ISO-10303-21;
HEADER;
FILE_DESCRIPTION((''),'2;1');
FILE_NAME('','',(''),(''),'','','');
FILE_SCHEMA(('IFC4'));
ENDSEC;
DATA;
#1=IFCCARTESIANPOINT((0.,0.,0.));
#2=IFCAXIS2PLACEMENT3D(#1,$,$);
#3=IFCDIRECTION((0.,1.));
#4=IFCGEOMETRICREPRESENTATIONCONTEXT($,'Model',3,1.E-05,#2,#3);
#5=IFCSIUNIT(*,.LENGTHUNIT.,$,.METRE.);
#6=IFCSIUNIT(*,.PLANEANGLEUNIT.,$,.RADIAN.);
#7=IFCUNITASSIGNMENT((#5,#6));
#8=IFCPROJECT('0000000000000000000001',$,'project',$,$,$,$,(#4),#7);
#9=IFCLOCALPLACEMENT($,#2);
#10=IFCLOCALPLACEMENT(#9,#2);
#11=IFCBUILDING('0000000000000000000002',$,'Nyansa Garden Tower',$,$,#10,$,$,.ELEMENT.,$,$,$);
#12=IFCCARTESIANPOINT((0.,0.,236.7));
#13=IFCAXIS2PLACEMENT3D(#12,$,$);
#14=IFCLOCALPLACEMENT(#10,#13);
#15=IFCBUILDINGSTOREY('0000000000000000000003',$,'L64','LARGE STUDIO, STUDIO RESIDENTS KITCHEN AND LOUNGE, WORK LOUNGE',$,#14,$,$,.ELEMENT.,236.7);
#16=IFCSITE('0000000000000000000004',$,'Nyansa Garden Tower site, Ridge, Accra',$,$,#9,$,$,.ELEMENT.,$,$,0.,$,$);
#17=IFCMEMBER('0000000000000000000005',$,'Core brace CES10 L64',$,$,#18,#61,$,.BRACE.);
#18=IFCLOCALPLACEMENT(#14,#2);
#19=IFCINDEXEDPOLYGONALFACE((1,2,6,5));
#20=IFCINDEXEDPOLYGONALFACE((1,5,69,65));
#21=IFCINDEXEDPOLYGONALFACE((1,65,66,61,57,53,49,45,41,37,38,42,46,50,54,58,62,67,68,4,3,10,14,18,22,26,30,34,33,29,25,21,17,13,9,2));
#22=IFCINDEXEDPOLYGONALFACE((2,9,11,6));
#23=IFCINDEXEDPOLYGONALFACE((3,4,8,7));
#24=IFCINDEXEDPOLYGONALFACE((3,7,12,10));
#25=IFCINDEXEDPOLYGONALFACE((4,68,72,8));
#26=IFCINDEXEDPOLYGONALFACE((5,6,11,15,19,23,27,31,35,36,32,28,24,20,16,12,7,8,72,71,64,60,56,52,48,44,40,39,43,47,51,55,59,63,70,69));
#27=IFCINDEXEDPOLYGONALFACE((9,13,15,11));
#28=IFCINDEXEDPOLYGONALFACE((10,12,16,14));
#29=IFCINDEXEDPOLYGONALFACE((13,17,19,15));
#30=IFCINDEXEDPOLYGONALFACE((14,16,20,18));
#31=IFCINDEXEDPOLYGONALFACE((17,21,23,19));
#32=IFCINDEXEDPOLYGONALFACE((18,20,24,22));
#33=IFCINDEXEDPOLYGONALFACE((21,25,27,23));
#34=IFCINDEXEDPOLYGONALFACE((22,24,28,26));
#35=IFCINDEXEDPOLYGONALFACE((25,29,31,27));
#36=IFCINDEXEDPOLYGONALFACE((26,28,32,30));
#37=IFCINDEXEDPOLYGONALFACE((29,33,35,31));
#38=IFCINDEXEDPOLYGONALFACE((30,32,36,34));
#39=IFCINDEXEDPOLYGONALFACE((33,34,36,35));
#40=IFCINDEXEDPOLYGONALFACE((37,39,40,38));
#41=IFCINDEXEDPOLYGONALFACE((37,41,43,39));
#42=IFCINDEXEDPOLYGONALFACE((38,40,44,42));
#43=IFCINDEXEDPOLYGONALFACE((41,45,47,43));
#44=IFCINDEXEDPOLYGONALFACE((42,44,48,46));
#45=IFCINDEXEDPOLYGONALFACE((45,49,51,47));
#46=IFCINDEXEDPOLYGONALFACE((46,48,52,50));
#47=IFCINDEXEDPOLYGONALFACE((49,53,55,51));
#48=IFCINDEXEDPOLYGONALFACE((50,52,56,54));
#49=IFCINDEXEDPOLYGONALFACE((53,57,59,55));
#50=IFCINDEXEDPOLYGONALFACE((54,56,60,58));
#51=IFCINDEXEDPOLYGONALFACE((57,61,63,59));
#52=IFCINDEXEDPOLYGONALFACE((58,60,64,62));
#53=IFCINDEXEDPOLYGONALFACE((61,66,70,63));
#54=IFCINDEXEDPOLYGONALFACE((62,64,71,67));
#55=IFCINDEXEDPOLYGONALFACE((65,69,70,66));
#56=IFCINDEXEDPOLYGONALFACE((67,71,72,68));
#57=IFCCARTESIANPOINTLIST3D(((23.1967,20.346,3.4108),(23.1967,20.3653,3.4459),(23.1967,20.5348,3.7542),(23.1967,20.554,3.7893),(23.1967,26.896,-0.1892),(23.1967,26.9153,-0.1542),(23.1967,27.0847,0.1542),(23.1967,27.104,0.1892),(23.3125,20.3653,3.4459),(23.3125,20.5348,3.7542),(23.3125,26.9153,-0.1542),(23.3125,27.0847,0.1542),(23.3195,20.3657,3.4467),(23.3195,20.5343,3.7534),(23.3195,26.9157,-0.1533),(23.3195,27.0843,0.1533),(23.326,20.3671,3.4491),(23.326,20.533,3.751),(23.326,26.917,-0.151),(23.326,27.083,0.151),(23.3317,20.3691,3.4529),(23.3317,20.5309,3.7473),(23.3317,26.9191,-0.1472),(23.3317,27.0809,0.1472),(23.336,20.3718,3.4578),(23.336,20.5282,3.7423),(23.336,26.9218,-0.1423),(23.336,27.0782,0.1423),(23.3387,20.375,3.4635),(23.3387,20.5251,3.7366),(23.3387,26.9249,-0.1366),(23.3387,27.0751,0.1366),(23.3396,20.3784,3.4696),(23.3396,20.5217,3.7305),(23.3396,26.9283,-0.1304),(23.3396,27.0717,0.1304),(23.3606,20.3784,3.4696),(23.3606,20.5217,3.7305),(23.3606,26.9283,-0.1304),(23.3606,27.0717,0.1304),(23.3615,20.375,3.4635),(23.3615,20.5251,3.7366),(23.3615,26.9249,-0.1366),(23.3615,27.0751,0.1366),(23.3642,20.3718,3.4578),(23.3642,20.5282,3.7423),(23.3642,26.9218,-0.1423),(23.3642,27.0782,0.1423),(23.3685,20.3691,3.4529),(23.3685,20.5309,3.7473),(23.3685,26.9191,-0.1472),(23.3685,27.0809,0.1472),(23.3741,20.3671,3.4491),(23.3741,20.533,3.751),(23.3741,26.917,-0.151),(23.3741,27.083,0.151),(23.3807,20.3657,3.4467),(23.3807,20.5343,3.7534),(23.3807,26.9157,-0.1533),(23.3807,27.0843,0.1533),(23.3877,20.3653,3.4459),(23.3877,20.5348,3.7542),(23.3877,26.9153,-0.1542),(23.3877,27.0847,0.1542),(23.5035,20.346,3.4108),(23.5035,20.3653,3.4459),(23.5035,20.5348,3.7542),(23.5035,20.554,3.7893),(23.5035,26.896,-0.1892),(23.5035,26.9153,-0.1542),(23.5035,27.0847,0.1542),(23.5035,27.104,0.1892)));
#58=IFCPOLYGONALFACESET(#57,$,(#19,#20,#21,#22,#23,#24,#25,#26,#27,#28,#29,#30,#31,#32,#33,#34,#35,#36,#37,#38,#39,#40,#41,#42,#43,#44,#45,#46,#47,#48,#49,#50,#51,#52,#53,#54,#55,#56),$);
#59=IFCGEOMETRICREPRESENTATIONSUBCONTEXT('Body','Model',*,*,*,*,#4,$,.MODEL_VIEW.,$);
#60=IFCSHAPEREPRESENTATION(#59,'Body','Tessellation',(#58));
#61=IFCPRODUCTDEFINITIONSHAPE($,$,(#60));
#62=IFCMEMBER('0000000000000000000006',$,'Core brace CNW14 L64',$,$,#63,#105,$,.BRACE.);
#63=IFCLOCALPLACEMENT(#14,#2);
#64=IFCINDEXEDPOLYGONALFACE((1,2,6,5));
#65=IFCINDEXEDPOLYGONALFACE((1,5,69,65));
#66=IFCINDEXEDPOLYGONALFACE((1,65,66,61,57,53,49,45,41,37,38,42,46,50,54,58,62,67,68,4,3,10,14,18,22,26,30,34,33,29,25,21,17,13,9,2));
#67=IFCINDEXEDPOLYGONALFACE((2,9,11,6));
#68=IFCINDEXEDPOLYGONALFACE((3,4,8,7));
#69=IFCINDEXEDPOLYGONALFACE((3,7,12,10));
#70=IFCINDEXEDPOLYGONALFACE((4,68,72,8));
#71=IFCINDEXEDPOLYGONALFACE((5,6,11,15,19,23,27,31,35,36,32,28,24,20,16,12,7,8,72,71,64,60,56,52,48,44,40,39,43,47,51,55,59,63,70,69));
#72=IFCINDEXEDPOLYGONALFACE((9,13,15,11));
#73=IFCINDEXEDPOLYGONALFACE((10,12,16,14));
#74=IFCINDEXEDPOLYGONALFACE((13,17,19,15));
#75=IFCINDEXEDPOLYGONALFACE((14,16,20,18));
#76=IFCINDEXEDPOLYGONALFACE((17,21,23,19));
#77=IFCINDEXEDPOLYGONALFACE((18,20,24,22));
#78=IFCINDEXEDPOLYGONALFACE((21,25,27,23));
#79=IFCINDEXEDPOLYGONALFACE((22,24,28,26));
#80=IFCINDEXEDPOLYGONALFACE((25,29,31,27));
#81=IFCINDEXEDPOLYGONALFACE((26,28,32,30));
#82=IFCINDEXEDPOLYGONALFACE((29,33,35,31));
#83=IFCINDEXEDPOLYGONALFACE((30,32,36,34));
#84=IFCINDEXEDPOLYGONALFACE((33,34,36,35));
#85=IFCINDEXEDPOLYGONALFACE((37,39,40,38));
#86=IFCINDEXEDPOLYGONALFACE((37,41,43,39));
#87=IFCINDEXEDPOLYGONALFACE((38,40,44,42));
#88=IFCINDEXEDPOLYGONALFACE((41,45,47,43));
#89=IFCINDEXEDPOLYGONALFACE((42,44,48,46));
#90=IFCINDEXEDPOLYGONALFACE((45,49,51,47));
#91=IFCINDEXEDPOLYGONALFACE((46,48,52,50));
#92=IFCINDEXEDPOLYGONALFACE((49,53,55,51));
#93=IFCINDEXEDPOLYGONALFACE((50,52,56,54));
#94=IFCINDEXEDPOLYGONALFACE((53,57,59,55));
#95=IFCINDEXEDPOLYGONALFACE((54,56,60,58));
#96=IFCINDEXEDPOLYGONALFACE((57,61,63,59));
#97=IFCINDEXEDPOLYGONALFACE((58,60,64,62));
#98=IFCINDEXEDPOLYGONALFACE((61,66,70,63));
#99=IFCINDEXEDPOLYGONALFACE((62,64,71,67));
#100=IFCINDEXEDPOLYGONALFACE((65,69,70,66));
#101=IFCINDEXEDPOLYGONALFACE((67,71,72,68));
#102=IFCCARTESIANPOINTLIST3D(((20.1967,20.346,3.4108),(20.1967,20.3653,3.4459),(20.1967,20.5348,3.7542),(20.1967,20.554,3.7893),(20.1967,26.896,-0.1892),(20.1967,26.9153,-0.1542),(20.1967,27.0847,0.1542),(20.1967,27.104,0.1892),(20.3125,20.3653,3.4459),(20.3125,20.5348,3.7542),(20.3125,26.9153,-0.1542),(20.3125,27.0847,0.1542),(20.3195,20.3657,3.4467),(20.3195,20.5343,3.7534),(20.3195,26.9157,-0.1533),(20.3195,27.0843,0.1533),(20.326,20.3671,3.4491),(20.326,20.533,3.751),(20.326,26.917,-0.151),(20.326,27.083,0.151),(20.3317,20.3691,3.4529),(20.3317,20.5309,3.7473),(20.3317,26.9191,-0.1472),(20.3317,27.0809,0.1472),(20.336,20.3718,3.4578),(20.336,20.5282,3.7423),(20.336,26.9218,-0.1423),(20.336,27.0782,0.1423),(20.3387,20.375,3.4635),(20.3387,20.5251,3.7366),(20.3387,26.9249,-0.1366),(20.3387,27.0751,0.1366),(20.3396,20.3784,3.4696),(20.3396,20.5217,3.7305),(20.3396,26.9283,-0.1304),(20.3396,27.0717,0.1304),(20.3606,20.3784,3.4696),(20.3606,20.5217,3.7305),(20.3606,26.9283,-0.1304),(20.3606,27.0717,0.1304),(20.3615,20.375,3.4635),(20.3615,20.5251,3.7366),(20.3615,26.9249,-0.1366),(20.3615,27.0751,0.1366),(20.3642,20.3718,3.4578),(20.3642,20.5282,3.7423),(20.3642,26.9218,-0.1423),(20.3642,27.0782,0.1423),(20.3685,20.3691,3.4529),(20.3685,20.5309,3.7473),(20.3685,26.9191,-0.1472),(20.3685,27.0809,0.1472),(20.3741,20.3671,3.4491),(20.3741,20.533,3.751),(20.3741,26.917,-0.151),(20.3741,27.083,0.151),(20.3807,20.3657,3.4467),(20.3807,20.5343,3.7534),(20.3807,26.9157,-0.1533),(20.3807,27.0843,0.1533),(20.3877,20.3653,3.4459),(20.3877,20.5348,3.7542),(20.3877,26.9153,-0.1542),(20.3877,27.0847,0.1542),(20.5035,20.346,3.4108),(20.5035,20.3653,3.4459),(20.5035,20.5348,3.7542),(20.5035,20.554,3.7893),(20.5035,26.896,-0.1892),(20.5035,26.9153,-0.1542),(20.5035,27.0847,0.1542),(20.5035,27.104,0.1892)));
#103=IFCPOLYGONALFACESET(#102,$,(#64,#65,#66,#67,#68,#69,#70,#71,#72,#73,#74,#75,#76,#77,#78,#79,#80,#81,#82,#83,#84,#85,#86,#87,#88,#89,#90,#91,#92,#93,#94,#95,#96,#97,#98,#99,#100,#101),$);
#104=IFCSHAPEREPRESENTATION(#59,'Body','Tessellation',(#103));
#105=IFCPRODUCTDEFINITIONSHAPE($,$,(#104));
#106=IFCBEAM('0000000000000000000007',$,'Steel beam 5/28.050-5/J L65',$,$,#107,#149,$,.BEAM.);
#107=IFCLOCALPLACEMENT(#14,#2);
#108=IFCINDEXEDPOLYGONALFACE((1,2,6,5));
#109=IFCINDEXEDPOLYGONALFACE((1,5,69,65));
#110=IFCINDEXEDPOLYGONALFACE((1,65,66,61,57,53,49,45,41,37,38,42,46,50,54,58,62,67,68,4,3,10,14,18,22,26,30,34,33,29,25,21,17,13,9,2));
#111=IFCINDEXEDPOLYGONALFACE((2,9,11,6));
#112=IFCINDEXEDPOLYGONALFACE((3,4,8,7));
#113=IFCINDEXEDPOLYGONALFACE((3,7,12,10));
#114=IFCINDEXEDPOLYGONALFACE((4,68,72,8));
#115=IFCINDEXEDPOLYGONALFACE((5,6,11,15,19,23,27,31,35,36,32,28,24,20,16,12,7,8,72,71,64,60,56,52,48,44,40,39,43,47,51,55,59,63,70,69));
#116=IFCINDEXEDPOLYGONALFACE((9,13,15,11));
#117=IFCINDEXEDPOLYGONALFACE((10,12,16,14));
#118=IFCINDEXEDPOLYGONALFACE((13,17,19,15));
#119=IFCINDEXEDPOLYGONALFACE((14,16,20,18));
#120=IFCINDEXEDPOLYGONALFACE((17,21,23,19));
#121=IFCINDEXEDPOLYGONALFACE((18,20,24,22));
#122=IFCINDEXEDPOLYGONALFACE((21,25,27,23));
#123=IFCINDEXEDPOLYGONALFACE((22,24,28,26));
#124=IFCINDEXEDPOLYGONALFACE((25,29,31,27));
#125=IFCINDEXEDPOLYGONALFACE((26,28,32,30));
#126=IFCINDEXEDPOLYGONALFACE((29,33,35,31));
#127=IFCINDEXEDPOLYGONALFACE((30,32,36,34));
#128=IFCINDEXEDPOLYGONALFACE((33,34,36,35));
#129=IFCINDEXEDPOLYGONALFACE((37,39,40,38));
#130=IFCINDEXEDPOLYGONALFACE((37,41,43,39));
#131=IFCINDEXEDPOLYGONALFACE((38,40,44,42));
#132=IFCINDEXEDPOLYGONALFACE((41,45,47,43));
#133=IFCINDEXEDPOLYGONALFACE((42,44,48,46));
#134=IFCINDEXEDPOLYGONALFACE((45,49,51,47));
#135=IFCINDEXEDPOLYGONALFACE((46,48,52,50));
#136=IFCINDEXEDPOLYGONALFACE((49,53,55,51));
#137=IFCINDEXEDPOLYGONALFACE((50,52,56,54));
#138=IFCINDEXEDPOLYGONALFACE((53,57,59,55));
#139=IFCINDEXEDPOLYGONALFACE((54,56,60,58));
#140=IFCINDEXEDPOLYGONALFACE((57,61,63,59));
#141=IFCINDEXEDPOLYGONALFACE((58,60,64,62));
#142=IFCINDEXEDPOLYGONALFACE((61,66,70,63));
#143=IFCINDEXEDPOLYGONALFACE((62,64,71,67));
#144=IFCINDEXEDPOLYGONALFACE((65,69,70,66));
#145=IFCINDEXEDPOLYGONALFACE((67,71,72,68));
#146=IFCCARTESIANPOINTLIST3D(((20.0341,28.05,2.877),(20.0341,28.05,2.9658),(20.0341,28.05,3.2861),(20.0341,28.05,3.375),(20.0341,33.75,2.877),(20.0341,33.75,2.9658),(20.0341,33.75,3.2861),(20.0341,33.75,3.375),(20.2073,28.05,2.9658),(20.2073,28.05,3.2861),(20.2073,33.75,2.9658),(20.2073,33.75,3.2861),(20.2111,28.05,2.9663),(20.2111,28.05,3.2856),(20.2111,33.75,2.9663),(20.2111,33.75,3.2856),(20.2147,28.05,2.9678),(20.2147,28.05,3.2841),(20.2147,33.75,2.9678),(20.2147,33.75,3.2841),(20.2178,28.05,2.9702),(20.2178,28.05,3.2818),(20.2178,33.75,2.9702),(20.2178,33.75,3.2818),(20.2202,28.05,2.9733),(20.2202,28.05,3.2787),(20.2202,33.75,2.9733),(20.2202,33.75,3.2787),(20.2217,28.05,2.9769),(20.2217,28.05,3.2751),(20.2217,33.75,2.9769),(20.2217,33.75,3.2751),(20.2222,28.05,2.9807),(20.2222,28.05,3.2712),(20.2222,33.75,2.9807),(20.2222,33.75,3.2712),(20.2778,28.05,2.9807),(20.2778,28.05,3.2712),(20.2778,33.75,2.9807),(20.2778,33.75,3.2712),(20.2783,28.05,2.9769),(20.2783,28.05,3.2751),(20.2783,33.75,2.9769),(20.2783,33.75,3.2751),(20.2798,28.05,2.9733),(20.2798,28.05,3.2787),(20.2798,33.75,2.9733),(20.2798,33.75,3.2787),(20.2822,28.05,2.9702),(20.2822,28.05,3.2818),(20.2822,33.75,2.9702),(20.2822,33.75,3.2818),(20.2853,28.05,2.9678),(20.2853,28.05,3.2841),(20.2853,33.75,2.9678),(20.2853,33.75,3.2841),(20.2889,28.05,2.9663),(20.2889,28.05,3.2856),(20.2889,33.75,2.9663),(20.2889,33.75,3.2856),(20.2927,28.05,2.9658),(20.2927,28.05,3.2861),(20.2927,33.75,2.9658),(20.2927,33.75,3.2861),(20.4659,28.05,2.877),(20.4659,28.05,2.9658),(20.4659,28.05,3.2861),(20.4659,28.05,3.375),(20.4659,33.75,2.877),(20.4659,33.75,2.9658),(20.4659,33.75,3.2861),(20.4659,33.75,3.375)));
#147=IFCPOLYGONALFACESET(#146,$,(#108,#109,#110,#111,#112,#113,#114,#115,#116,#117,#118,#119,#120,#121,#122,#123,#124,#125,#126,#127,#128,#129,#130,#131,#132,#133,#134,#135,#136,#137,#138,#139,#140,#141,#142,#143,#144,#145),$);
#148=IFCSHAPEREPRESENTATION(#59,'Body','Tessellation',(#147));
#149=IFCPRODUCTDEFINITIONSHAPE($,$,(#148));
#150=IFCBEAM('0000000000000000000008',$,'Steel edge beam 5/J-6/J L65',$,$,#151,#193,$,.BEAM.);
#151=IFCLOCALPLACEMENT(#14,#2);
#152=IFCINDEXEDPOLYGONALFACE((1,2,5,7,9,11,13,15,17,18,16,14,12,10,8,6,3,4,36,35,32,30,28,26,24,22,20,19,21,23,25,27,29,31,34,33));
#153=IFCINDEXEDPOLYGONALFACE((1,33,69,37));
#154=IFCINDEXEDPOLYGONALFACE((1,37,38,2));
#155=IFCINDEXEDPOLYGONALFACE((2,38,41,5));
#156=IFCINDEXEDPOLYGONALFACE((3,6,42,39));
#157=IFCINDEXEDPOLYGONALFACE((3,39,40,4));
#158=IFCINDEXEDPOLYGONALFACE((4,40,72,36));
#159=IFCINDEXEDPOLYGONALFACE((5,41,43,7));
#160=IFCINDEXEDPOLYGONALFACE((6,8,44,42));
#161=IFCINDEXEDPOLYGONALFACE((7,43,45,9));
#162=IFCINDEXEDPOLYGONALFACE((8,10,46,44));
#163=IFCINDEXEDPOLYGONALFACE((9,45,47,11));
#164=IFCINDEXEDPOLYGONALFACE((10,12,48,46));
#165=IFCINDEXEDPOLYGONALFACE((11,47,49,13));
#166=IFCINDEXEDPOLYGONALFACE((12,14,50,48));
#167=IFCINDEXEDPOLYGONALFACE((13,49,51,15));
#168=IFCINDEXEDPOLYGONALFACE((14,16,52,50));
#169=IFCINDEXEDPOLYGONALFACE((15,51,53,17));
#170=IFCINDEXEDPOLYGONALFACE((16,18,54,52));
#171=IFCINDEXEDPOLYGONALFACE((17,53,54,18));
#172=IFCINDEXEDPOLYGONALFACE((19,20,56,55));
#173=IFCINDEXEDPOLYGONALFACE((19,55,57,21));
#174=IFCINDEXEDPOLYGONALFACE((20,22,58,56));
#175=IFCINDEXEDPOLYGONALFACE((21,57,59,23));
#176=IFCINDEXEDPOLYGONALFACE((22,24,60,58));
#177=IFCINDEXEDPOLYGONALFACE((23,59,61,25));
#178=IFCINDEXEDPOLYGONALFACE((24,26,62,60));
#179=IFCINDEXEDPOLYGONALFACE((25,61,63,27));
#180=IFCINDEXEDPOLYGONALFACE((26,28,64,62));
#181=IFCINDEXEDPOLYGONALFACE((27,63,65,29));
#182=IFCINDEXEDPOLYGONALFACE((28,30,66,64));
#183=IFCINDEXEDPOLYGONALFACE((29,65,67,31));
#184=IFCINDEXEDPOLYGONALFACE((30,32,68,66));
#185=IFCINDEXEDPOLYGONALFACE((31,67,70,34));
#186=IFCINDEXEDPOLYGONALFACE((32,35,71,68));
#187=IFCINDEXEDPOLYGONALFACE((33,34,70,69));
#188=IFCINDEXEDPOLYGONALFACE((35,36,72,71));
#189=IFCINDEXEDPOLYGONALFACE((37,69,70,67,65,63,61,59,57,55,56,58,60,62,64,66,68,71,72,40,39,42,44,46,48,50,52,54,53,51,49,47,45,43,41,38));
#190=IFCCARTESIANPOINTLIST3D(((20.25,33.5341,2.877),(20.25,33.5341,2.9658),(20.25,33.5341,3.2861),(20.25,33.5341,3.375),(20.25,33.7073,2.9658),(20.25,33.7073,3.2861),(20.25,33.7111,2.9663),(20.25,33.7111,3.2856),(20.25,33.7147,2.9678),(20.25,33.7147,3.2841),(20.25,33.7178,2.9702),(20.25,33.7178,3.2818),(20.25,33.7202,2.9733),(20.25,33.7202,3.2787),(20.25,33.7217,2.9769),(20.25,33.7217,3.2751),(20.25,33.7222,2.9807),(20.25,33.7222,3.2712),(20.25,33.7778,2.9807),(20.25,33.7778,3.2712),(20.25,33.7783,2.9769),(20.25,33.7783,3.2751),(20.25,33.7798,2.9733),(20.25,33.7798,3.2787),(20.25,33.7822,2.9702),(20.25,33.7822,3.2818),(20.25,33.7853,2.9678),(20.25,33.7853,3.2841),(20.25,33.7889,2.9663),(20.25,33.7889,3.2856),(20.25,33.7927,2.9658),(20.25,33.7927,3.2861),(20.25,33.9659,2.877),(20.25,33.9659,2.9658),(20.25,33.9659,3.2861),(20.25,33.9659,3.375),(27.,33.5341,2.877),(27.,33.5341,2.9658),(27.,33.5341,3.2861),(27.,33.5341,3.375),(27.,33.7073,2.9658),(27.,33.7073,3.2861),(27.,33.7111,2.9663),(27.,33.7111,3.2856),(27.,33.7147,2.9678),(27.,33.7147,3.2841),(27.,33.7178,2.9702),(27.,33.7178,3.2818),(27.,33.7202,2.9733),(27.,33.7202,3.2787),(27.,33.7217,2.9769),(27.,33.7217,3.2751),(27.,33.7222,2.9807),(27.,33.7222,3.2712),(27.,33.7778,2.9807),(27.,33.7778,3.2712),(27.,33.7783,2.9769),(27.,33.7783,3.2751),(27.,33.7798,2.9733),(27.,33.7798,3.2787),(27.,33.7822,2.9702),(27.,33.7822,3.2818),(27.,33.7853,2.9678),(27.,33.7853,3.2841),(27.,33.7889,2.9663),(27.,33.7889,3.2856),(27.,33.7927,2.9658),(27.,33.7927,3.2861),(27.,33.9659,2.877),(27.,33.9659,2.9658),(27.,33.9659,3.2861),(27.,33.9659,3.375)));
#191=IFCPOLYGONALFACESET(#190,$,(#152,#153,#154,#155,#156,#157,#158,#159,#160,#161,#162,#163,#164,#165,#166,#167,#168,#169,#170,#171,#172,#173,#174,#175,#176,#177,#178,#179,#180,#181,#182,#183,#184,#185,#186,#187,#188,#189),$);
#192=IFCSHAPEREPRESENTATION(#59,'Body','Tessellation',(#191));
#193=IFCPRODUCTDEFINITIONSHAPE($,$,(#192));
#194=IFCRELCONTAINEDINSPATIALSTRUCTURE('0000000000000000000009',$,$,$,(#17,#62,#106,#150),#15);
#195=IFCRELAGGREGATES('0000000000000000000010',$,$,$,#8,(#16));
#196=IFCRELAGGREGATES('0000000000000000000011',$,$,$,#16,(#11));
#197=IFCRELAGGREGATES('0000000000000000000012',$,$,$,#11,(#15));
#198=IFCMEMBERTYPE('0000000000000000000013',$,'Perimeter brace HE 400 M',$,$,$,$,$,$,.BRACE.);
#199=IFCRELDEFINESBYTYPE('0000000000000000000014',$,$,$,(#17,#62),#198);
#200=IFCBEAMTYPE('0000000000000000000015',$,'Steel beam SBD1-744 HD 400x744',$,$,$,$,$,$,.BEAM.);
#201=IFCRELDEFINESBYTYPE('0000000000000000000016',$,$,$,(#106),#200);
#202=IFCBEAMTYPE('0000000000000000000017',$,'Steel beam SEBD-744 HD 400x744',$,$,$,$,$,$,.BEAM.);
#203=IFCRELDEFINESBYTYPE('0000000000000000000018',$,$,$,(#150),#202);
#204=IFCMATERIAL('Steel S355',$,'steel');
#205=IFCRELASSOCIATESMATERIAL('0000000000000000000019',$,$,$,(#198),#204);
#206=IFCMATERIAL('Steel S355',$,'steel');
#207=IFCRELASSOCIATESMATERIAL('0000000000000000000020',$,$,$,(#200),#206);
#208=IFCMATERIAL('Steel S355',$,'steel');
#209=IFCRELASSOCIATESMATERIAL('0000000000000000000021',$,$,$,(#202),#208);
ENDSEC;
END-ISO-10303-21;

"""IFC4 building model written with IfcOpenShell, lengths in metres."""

from ifc_helpers import new_model, si_unit, direction, frame, origin, origin_2d, place, context, subcontext, project, spatial, i_section, extrude, material, material_profile, profile_set, type_object, element, save


model = new_model("IFC4")

# Units and contexts
model_context = context("Model", 3, precision=1e-05, world=origin(), true_north=direction((0.0, 1.0)))
body_context = subcontext(model_context, "Body", "Model", "MODEL_VIEW")
ifc_project = project(units=[si_unit("LENGTHUNIT", "METRE"), si_unit("PLANEANGLEUNIT", "RADIAN")], contexts=[model_context])

# Site, building, storey
site_placement = place(None, origin())
site = spatial("IfcSite", under=ifc_project, at=site_placement, Name="Nyansa Garden Tower site, Ridge, Accra", CompositionType="ELEMENT", RefElevation=0.0)
building_placement = place(site_placement, origin())
building = spatial("IfcBuilding", under=site, at=building_placement, Name="Nyansa Garden Tower", CompositionType="ELEMENT")
storey_placement = place(building_placement, frame((0.0, 0.0, 236.7)))
storey = spatial("IfcBuildingStorey", under=building, at=storey_placement, Name="L64", Description="LARGE STUDIO, STUDIO RESIDENTS KITCHEN AND LOUNGE, WORK LOUNGE", CompositionType="ELEMENT", Elevation=236.7)

# Members
ifc_material_1 = material(Name="Steel S355", Category="steel")
ifc_material_profile_1 = material_profile(ifc_material_1, i_section(OverallWidth=0.3069, OverallDepth=0.4319, WebThickness=0.021, FlangeThickness=0.04, FilletRadius=0.0271, at=origin_2d()), Name="HE 400 M")
ifc_profile_set_1 = profile_set([ifc_material_profile_1], Name="Steel S355")
member_type_1 = type_object("IfcMemberType", Name="Perimeter brace HE 400 M", PredefinedType="BRACE", material=ifc_profile_set_1)
for number, where, z_axis, x_axis, name in (
    (1, (23.3501, 27.0, 0.0), (0.0, -0.876353, 0.481669), (1.0, 0.0, 0.0), "Core brace CES10 L64"),
    (2, (20.3501, 27.0, 0.0), (0.0, -0.876353, 0.481669), (1.0, 0.0, 0.0), "Core brace CNW14 L64"),
):
    element("IfcMember", number, at=place(storey_placement, frame(where, z_axis=z_axis, x_axis=x_axis)), inside=storey, type_object=member_type_1, Name=name, PredefinedType="BRACE", context=body_context, shape_type="SweptSolid", body=[
        extrude(i_section(OverallWidth=0.3069, OverallDepth=0.4319, WebThickness=0.021, FlangeThickness=0.04, FilletRadius=0.0271, at=origin_2d()), origin(), (0.0, 0.0, 1.0), 7.4741),
    ])

# Beams
ifc_material_2 = material(Name="Steel S355", Category="steel")
ifc_material_profile_2 = material_profile(ifc_material_2, i_section(OverallWidth=0.4319, OverallDepth=0.498, WebThickness=0.0557, FlangeThickness=0.0889, FilletRadius=0.0149, at=origin_2d()), Name="HD 400x744")
ifc_profile_set_2 = profile_set([ifc_material_profile_2], Name="Steel S355")
beam_type_1 = type_object("IfcBeamType", Name="Steel beam SBD1-744 HD 400x744", PredefinedType="BEAM", material=ifc_profile_set_2)
beam_1_placement = place(storey_placement, frame((20.25, 28.05, 3.126), z_axis=(0.0, 1.0, 0.0), x_axis=(-1.0, 0.0, 0.0)))
element("IfcBeam", 3, at=beam_1_placement, inside=storey, type_object=beam_type_1, Name="Steel beam 5/28.050-5/J L65", PredefinedType="BEAM", context=body_context, shape_type="SweptSolid", body=[
    extrude(i_section(OverallWidth=0.4319, OverallDepth=0.498, WebThickness=0.0557, FlangeThickness=0.0889, FilletRadius=0.0149, at=origin_2d()), origin(), (0.0, 0.0, 1.0), 5.7),
])
ifc_material_3 = material(Name="Steel S355", Category="steel")
ifc_material_profile_3 = material_profile(ifc_material_3, i_section(OverallWidth=0.4319, OverallDepth=0.498, WebThickness=0.0557, FlangeThickness=0.0889, FilletRadius=0.0149, at=origin_2d()), Name="HD 400x744")
ifc_profile_set_3 = profile_set([ifc_material_profile_3], Name="Steel S355")
beam_type_2 = type_object("IfcBeamType", Name="Steel beam SEBD-744 HD 400x744", PredefinedType="BEAM", material=ifc_profile_set_3)
beam_2_placement = place(storey_placement, frame((20.25, 33.75, 3.126), z_axis=(1.0, 0.0, 0.0), x_axis=(0.0, 1.0, 0.0)))
element("IfcBeam", 4, at=beam_2_placement, inside=storey, type_object=beam_type_2, Name="Steel edge beam 5/J-6/J L65", PredefinedType="BEAM", context=body_context, shape_type="SweptSolid", body=[
    extrude(i_section(OverallWidth=0.4319, OverallDepth=0.498, WebThickness=0.0557, FlangeThickness=0.0889, FilletRadius=0.0149, at=origin_2d()), origin(), (0.0, 0.0, 1.0), 6.75),
])

save(model, "model.ifc")
